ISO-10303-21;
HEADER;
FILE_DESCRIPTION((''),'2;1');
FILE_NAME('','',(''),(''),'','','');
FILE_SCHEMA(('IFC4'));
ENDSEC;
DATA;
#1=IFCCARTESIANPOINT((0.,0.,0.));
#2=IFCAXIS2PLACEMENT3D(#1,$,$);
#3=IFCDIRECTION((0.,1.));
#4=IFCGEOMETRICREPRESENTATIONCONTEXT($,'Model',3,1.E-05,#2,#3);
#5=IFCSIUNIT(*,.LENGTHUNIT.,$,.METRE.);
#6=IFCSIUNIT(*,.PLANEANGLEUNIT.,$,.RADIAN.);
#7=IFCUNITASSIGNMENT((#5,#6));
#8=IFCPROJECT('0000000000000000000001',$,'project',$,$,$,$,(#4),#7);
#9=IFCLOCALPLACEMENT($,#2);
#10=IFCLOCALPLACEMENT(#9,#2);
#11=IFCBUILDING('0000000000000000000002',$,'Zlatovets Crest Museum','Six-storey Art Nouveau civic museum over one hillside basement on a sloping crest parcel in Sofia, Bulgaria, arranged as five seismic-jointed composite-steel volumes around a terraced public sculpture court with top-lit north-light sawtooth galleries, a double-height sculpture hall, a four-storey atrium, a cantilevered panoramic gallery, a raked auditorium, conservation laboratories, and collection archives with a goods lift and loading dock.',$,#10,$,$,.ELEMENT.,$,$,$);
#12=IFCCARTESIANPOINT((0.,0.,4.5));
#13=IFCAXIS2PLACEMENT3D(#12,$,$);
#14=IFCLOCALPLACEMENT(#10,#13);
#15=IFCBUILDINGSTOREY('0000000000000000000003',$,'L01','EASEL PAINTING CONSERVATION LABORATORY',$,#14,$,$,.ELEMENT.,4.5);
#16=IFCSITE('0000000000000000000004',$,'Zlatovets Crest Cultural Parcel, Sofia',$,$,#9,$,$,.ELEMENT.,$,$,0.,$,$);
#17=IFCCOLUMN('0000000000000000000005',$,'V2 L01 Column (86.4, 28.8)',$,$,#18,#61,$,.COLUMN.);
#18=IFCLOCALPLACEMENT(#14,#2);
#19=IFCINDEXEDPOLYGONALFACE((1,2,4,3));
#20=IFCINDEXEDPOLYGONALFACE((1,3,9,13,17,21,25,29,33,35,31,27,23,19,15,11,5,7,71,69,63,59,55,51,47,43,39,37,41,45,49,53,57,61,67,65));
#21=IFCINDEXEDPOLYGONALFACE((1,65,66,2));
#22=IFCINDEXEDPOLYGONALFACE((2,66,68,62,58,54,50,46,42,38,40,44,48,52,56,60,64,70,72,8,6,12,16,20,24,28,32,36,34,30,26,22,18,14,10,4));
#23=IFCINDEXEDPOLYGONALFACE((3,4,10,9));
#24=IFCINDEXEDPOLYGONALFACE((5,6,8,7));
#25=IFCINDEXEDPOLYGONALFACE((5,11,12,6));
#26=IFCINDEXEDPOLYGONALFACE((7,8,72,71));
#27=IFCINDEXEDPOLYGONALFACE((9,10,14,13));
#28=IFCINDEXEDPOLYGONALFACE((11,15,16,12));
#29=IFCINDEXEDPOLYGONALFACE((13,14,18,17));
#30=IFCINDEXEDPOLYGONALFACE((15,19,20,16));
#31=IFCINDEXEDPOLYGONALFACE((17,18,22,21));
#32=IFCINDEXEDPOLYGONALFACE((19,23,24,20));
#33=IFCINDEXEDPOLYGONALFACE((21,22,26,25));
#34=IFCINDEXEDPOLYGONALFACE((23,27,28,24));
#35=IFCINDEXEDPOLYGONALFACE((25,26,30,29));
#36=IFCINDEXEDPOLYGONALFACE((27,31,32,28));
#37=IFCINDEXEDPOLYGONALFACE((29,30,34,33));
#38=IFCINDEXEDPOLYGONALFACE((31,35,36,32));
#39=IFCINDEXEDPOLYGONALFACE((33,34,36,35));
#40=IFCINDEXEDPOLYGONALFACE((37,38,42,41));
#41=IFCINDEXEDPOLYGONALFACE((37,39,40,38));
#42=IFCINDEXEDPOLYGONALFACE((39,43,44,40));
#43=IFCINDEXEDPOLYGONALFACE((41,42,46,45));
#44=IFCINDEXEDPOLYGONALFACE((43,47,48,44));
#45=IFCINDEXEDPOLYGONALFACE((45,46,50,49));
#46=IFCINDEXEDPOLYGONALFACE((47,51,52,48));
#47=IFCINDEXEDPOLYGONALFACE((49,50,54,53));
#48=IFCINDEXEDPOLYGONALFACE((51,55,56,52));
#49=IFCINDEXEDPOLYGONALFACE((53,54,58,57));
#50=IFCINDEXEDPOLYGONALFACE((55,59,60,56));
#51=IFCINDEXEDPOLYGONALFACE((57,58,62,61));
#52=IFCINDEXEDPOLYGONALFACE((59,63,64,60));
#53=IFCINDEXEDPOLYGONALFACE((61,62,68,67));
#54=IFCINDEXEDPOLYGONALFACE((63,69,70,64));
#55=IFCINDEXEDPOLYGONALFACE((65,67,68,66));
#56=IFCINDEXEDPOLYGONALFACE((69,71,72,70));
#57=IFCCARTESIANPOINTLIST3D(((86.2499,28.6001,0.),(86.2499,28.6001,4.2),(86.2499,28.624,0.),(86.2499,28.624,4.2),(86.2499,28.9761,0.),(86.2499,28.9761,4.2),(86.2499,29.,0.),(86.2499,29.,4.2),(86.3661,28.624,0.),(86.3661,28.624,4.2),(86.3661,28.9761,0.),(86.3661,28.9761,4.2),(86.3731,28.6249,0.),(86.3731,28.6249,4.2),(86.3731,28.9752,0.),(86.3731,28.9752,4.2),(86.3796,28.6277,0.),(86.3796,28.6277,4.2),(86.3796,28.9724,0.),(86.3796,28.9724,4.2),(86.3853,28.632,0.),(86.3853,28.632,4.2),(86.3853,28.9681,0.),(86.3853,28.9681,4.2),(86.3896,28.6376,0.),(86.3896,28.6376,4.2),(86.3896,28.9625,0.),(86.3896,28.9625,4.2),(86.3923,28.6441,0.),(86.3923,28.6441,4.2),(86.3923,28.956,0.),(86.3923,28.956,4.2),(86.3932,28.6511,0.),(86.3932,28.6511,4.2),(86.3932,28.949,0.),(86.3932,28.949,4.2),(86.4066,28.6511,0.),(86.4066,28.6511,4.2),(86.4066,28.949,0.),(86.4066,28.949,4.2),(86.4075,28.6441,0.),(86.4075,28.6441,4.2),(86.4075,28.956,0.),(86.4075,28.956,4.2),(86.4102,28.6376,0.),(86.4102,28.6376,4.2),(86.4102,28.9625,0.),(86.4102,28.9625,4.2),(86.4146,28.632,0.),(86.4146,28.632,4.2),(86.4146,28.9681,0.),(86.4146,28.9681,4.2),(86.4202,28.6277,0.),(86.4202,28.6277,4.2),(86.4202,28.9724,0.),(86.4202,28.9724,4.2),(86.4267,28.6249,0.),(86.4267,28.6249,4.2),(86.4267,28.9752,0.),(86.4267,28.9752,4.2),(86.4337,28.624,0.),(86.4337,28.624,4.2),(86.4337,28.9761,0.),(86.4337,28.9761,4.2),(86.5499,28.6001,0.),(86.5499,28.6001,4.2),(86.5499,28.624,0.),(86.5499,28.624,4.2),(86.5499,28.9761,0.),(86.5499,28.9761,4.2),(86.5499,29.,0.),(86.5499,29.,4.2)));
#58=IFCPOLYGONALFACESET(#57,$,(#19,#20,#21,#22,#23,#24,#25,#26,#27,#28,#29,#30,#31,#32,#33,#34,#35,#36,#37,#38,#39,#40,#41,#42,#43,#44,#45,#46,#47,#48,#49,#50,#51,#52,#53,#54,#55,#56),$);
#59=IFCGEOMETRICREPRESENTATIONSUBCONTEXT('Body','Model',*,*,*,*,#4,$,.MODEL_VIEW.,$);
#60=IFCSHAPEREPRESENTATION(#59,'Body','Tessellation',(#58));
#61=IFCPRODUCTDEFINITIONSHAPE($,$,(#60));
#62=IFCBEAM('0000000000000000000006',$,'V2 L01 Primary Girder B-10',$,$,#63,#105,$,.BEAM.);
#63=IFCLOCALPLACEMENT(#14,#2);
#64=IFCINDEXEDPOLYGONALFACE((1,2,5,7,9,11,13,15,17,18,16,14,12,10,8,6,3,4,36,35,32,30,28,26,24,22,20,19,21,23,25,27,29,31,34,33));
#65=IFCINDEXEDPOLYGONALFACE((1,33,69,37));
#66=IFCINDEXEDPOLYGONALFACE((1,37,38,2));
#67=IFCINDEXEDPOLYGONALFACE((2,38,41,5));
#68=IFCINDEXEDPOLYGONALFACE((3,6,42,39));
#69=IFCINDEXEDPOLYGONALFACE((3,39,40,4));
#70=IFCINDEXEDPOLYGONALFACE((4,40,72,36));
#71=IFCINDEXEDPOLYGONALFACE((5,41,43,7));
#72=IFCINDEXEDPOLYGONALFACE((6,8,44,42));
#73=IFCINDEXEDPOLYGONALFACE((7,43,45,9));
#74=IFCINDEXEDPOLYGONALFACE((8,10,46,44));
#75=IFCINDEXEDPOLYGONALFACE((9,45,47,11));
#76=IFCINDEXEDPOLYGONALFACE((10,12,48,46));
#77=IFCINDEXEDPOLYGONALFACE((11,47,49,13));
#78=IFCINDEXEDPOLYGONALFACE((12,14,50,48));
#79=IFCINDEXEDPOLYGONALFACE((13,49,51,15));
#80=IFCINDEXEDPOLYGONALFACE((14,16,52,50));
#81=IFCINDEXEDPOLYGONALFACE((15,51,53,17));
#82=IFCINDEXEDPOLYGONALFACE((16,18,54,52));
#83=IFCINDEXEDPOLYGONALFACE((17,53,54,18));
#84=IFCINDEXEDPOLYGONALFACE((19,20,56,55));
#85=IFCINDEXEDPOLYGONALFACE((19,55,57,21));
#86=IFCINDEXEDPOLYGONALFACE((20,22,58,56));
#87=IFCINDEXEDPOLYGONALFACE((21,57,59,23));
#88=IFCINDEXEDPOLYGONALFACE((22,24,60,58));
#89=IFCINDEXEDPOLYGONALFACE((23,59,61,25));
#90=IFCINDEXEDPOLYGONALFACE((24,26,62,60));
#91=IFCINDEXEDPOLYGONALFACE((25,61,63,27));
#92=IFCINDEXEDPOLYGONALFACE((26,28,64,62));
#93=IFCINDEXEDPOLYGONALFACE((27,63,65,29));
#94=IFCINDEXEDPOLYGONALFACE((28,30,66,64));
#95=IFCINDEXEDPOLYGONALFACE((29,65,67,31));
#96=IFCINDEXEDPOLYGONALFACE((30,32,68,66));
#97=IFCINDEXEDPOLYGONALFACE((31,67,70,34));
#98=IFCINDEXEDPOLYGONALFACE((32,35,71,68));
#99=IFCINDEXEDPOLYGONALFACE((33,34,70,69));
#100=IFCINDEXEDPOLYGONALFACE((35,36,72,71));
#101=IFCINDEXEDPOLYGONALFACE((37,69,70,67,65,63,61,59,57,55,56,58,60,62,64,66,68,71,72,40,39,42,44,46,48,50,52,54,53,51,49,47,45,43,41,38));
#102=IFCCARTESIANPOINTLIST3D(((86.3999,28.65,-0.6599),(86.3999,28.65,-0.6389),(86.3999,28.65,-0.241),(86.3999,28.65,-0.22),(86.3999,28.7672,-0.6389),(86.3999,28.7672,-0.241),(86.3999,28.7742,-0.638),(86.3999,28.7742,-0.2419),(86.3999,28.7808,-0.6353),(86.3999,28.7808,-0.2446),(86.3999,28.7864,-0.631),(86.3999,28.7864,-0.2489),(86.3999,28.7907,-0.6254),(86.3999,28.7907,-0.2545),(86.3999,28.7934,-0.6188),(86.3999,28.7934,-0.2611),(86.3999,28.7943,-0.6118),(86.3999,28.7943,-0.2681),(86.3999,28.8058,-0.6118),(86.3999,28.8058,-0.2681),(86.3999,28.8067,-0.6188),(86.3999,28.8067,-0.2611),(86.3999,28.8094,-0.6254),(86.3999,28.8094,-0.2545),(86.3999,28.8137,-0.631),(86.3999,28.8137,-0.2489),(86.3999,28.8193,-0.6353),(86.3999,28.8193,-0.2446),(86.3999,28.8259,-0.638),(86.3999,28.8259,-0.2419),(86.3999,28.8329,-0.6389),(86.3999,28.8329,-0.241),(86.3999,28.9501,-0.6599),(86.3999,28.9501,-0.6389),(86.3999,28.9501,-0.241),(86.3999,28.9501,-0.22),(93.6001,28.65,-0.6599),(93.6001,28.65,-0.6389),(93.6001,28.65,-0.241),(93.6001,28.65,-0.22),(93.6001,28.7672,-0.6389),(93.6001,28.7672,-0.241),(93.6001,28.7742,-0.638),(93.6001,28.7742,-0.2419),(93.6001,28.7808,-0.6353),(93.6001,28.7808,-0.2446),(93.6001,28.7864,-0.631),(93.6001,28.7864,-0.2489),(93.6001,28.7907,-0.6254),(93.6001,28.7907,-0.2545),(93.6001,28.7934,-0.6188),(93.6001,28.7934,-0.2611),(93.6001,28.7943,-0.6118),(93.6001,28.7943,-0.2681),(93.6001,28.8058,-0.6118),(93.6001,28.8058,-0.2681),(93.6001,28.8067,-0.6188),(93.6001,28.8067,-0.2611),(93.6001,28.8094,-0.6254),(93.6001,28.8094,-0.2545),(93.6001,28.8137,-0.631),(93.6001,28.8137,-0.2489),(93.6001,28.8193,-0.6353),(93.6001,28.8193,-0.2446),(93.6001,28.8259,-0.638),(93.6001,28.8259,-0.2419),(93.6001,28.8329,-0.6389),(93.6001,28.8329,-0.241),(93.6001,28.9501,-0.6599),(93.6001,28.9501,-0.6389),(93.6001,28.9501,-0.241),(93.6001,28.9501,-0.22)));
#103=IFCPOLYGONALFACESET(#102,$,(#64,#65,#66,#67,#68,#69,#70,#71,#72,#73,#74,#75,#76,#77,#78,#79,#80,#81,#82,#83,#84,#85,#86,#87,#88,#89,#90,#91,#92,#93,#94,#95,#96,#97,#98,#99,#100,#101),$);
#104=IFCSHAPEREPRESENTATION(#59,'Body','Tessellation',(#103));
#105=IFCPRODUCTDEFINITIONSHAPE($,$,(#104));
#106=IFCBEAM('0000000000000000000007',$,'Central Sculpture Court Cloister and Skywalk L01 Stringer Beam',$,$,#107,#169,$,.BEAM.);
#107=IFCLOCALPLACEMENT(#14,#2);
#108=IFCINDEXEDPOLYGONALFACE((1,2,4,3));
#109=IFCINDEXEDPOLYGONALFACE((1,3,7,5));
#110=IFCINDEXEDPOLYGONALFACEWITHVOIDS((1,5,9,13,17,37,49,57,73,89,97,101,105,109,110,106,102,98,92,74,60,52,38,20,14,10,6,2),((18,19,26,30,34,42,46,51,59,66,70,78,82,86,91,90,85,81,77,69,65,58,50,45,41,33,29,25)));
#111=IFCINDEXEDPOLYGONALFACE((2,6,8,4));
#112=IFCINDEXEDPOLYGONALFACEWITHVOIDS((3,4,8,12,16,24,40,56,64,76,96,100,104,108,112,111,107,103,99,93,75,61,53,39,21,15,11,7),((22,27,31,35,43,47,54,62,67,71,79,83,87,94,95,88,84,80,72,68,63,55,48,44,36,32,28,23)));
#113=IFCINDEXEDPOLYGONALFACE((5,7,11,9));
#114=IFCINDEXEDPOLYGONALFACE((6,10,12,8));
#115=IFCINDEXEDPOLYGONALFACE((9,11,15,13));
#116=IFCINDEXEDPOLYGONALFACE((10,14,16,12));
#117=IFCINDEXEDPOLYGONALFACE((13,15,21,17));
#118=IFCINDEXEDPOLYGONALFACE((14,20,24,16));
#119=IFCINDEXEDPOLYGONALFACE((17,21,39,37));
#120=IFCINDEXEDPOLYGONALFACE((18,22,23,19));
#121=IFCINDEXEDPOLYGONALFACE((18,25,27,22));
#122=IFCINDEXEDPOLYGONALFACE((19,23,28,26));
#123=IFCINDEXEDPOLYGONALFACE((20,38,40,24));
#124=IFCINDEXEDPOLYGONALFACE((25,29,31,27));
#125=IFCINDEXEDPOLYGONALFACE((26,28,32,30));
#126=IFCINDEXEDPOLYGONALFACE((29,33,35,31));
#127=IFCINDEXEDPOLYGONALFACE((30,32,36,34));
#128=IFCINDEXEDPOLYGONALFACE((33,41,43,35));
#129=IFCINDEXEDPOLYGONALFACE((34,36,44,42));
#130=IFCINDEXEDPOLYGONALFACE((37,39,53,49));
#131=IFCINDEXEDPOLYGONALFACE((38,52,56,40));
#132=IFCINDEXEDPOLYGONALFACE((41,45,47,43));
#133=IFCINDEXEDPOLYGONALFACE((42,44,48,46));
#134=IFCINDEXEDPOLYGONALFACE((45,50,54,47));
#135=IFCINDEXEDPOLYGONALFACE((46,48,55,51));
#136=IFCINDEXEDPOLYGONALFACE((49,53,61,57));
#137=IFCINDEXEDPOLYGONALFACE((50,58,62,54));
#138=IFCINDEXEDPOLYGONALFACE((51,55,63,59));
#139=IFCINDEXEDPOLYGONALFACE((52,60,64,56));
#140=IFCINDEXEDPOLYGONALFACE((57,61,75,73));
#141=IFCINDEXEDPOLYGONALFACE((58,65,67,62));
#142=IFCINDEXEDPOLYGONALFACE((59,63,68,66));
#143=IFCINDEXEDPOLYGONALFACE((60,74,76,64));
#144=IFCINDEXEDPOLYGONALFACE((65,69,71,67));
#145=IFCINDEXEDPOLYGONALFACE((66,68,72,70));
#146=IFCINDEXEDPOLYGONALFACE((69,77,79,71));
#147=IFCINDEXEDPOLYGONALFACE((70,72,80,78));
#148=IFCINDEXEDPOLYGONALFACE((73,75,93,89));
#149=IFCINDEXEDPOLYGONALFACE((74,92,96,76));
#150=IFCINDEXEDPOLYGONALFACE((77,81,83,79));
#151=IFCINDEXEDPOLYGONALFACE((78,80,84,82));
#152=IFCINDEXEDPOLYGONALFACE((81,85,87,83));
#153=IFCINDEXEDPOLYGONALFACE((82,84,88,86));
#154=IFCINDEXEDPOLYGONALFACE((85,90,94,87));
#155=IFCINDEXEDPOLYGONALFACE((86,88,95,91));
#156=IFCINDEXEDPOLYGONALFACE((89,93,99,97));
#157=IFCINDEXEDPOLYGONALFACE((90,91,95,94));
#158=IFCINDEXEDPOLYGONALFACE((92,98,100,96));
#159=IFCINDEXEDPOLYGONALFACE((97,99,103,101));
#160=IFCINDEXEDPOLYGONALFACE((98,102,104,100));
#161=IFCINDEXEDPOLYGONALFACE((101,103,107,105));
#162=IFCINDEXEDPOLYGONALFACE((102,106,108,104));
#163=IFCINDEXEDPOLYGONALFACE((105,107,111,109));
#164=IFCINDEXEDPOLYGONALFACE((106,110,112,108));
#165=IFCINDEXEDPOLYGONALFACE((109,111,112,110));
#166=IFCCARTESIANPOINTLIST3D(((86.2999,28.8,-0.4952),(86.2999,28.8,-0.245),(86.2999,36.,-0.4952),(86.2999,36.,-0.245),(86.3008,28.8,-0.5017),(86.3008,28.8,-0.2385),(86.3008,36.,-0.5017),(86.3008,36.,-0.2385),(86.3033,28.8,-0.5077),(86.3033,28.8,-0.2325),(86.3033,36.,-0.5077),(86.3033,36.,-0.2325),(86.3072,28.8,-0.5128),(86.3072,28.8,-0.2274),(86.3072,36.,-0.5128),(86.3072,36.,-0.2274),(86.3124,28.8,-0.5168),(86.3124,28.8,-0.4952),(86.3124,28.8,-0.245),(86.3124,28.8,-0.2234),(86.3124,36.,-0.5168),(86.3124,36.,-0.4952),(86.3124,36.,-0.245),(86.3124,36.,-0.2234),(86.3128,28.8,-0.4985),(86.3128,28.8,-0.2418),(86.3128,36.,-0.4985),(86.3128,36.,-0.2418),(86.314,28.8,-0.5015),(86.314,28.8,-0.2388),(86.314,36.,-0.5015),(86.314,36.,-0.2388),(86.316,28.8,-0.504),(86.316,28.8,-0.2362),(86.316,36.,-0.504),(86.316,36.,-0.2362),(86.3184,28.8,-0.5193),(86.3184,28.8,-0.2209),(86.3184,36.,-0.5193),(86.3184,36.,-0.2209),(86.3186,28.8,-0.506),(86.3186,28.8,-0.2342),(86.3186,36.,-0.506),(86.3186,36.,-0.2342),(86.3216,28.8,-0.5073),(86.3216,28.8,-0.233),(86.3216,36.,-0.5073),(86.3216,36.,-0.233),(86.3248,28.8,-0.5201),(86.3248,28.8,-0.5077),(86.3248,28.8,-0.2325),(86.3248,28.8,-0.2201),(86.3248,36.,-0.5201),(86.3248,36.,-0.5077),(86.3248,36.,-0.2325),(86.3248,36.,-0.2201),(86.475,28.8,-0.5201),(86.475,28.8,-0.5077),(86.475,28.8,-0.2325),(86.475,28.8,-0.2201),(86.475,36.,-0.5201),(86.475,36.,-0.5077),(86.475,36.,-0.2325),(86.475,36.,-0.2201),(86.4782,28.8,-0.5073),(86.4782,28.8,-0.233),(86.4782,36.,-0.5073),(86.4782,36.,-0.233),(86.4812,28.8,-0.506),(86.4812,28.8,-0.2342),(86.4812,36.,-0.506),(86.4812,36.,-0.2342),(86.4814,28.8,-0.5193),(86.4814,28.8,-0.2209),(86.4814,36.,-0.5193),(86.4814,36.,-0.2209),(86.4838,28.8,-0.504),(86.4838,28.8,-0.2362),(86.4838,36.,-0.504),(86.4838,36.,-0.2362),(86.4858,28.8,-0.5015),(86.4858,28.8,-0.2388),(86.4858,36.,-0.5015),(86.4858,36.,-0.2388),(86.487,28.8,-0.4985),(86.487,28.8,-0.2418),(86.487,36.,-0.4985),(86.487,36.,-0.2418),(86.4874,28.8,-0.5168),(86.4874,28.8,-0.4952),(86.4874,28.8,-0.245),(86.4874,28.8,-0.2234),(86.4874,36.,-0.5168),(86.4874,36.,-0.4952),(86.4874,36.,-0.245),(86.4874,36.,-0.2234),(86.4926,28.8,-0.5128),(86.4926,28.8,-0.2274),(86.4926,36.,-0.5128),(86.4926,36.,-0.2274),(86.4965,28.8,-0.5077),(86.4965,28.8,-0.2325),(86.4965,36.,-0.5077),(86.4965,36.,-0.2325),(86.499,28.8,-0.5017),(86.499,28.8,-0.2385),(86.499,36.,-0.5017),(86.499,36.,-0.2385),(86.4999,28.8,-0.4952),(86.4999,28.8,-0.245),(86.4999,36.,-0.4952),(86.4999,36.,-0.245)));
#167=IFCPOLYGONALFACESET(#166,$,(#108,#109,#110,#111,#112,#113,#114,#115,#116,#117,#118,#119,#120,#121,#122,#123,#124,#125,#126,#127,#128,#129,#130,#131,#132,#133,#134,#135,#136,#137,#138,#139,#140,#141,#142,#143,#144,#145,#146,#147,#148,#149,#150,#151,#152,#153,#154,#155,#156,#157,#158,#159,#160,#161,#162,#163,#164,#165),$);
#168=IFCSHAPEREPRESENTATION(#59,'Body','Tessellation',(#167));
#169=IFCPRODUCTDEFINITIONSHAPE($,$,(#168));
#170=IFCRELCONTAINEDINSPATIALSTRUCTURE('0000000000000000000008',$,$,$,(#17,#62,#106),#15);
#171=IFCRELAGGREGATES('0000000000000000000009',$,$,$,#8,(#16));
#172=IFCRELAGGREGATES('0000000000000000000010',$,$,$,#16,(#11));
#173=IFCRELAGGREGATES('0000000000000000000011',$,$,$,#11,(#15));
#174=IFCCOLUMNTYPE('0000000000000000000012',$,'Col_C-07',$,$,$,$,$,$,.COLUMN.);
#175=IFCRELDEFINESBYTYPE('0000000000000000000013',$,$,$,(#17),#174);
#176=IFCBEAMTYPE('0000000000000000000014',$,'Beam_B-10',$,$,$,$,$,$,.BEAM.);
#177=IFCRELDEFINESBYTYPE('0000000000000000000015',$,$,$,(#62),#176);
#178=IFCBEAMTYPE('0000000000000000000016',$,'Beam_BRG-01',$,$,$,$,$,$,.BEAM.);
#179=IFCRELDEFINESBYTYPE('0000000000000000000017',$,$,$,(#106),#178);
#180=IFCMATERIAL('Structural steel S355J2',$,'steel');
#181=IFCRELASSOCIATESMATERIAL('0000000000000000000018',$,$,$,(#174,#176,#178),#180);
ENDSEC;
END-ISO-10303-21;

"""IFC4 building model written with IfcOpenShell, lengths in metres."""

from ifc_helpers import new_model, si_unit, direction, frame, origin, origin_2d, place, context, subcontext, project, spatial, hollow_rectangle, i_section, extrude, material, material_profile, profile_set, type_object, element, save


model = new_model("IFC4")

# Units and contexts
model_context = context("Model", 3, precision=1e-05, world=origin(), true_north=direction((0.0, 1.0)))
body_context = subcontext(model_context, "Body", "Model", "MODEL_VIEW")
ifc_project = project(units=[si_unit("LENGTHUNIT", "METRE"), si_unit("PLANEANGLEUNIT", "RADIAN")], contexts=[model_context])

# Site, building, storey
site_placement = place(None, origin())
site = spatial("IfcSite", under=ifc_project, at=site_placement, Name="Zlatovets Crest Cultural Parcel, Sofia", CompositionType="ELEMENT", RefElevation=0.0)
building_placement = place(site_placement, origin())
building = spatial("IfcBuilding", under=site, at=building_placement, Name="Zlatovets Crest Museum", Description="Six-storey Art Nouveau civic museum over one hillside basement on a sloping crest parcel in Sofia, Bulgaria, arranged as five seismic-jointed composite-steel volumes around a terraced public sculpture court with top-lit north-light sawtooth galleries, a double-height sculpture hall, a four-storey atrium, a cantilevered panoramic gallery, a raked auditorium, conservation laboratories, and collection archives with a goods lift and loading dock.", CompositionType="ELEMENT")
storey_placement = place(building_placement, frame((0.0, 0.0, 4.5)))
storey = spatial("IfcBuildingStorey", under=building, at=storey_placement, Name="L01", Description="EASEL PAINTING CONSERVATION LABORATORY", CompositionType="ELEMENT", Elevation=4.5)

# Column
ifc_material_1 = material(Name="Structural steel S355J2", Category="steel")
ifc_material_profile_1 = material_profile(ifc_material_1, i_section(OverallWidth=0.3, OverallDepth=0.3999, WebThickness=0.0134, FlangeThickness=0.0239, FilletRadius=0.0271, at=origin_2d()), Name="HEB 400")
ifc_profile_set_1 = profile_set([ifc_material_profile_1], Name="Structural steel S355J2")
column_type = type_object("IfcColumnType", Name="Col_C-07", PredefinedType="COLUMN", material=ifc_profile_set_1)
column_placement = place(storey_placement, frame((86.3999, 28.8, 0.0), z_axis=(0.0, 0.0, 1.0), x_axis=(1.0, 0.0, 0.0)))
element("IfcColumn", 1, at=column_placement, inside=storey, type_object=column_type, Name="V2 L01 Column (86.4, 28.8)", PredefinedType="COLUMN", context=body_context, shape_type="SweptSolid", body=[
    extrude(i_section(OverallWidth=0.3, OverallDepth=0.3999, WebThickness=0.0134, FlangeThickness=0.0239, FilletRadius=0.0271, at=origin_2d()), origin(), (0.0, 0.0, 1.0), 4.2),
])

# Beams
ifc_material_profile_2 = material_profile(ifc_material_1, i_section(OverallWidth=0.3, OverallDepth=0.4399, WebThickness=0.0115, FlangeThickness=0.021, FilletRadius=0.0271, at=origin_2d()), Name="HEA 450")
ifc_profile_set_2 = profile_set([ifc_material_profile_2], Name="Structural steel S355J2")
beam_type_1 = type_object("IfcBeamType", Name="Beam_B-10", PredefinedType="BEAM", material=ifc_profile_set_2)
beam_1_placement = place(storey_placement, frame((86.3999, 28.8, -0.4399), z_axis=(1.0, 0.0, 0.0), x_axis=(0.0, 1.0, 0.0)))
element("IfcBeam", 2, at=beam_1_placement, inside=storey, type_object=beam_type_1, Name="V2 L01 Primary Girder B-10", PredefinedType="BEAM", context=body_context, shape_type="SweptSolid", body=[
    extrude(i_section(OverallWidth=0.3, OverallDepth=0.4399, WebThickness=0.0115, FlangeThickness=0.021, FilletRadius=0.0271, at=origin_2d()), origin(), (0.0, 0.0, 1.0), 7.2002),
])
ifc_material_profile_3 = material_profile(ifc_material_1, hollow_rectangle(XDim=0.2, YDim=0.3, WallThickness=0.0125, InnerFilletRadius=0.0125, OuterFilletRadius=0.0249, at=origin_2d()), Name="RHS 200x300x12.5")
ifc_profile_set_3 = profile_set([ifc_material_profile_3], Name="Structural steel S355J2")
beam_type_2 = type_object("IfcBeamType", Name="Beam_BRG-01", PredefinedType="BEAM", material=ifc_profile_set_3)
beam_2_placement = place(storey_placement, frame((86.3999, 28.8, -0.3701), z_axis=(0.0, 1.0, 0.0), x_axis=(-1.0, 0.0, 0.0)))
element("IfcBeam", 3, at=beam_2_placement, inside=storey, type_object=beam_type_2, Name="Central Sculpture Court Cloister and Skywalk L01 Stringer Beam", PredefinedType="BEAM", context=body_context, shape_type="SweptSolid", body=[
    extrude(hollow_rectangle(XDim=0.2, YDim=0.3, WallThickness=0.0125, InnerFilletRadius=0.0125, OuterFilletRadius=0.0249, at=origin_2d()), origin(), (0.0, 0.0, 1.0), 7.2),
])

save(model, "model.ifc")
